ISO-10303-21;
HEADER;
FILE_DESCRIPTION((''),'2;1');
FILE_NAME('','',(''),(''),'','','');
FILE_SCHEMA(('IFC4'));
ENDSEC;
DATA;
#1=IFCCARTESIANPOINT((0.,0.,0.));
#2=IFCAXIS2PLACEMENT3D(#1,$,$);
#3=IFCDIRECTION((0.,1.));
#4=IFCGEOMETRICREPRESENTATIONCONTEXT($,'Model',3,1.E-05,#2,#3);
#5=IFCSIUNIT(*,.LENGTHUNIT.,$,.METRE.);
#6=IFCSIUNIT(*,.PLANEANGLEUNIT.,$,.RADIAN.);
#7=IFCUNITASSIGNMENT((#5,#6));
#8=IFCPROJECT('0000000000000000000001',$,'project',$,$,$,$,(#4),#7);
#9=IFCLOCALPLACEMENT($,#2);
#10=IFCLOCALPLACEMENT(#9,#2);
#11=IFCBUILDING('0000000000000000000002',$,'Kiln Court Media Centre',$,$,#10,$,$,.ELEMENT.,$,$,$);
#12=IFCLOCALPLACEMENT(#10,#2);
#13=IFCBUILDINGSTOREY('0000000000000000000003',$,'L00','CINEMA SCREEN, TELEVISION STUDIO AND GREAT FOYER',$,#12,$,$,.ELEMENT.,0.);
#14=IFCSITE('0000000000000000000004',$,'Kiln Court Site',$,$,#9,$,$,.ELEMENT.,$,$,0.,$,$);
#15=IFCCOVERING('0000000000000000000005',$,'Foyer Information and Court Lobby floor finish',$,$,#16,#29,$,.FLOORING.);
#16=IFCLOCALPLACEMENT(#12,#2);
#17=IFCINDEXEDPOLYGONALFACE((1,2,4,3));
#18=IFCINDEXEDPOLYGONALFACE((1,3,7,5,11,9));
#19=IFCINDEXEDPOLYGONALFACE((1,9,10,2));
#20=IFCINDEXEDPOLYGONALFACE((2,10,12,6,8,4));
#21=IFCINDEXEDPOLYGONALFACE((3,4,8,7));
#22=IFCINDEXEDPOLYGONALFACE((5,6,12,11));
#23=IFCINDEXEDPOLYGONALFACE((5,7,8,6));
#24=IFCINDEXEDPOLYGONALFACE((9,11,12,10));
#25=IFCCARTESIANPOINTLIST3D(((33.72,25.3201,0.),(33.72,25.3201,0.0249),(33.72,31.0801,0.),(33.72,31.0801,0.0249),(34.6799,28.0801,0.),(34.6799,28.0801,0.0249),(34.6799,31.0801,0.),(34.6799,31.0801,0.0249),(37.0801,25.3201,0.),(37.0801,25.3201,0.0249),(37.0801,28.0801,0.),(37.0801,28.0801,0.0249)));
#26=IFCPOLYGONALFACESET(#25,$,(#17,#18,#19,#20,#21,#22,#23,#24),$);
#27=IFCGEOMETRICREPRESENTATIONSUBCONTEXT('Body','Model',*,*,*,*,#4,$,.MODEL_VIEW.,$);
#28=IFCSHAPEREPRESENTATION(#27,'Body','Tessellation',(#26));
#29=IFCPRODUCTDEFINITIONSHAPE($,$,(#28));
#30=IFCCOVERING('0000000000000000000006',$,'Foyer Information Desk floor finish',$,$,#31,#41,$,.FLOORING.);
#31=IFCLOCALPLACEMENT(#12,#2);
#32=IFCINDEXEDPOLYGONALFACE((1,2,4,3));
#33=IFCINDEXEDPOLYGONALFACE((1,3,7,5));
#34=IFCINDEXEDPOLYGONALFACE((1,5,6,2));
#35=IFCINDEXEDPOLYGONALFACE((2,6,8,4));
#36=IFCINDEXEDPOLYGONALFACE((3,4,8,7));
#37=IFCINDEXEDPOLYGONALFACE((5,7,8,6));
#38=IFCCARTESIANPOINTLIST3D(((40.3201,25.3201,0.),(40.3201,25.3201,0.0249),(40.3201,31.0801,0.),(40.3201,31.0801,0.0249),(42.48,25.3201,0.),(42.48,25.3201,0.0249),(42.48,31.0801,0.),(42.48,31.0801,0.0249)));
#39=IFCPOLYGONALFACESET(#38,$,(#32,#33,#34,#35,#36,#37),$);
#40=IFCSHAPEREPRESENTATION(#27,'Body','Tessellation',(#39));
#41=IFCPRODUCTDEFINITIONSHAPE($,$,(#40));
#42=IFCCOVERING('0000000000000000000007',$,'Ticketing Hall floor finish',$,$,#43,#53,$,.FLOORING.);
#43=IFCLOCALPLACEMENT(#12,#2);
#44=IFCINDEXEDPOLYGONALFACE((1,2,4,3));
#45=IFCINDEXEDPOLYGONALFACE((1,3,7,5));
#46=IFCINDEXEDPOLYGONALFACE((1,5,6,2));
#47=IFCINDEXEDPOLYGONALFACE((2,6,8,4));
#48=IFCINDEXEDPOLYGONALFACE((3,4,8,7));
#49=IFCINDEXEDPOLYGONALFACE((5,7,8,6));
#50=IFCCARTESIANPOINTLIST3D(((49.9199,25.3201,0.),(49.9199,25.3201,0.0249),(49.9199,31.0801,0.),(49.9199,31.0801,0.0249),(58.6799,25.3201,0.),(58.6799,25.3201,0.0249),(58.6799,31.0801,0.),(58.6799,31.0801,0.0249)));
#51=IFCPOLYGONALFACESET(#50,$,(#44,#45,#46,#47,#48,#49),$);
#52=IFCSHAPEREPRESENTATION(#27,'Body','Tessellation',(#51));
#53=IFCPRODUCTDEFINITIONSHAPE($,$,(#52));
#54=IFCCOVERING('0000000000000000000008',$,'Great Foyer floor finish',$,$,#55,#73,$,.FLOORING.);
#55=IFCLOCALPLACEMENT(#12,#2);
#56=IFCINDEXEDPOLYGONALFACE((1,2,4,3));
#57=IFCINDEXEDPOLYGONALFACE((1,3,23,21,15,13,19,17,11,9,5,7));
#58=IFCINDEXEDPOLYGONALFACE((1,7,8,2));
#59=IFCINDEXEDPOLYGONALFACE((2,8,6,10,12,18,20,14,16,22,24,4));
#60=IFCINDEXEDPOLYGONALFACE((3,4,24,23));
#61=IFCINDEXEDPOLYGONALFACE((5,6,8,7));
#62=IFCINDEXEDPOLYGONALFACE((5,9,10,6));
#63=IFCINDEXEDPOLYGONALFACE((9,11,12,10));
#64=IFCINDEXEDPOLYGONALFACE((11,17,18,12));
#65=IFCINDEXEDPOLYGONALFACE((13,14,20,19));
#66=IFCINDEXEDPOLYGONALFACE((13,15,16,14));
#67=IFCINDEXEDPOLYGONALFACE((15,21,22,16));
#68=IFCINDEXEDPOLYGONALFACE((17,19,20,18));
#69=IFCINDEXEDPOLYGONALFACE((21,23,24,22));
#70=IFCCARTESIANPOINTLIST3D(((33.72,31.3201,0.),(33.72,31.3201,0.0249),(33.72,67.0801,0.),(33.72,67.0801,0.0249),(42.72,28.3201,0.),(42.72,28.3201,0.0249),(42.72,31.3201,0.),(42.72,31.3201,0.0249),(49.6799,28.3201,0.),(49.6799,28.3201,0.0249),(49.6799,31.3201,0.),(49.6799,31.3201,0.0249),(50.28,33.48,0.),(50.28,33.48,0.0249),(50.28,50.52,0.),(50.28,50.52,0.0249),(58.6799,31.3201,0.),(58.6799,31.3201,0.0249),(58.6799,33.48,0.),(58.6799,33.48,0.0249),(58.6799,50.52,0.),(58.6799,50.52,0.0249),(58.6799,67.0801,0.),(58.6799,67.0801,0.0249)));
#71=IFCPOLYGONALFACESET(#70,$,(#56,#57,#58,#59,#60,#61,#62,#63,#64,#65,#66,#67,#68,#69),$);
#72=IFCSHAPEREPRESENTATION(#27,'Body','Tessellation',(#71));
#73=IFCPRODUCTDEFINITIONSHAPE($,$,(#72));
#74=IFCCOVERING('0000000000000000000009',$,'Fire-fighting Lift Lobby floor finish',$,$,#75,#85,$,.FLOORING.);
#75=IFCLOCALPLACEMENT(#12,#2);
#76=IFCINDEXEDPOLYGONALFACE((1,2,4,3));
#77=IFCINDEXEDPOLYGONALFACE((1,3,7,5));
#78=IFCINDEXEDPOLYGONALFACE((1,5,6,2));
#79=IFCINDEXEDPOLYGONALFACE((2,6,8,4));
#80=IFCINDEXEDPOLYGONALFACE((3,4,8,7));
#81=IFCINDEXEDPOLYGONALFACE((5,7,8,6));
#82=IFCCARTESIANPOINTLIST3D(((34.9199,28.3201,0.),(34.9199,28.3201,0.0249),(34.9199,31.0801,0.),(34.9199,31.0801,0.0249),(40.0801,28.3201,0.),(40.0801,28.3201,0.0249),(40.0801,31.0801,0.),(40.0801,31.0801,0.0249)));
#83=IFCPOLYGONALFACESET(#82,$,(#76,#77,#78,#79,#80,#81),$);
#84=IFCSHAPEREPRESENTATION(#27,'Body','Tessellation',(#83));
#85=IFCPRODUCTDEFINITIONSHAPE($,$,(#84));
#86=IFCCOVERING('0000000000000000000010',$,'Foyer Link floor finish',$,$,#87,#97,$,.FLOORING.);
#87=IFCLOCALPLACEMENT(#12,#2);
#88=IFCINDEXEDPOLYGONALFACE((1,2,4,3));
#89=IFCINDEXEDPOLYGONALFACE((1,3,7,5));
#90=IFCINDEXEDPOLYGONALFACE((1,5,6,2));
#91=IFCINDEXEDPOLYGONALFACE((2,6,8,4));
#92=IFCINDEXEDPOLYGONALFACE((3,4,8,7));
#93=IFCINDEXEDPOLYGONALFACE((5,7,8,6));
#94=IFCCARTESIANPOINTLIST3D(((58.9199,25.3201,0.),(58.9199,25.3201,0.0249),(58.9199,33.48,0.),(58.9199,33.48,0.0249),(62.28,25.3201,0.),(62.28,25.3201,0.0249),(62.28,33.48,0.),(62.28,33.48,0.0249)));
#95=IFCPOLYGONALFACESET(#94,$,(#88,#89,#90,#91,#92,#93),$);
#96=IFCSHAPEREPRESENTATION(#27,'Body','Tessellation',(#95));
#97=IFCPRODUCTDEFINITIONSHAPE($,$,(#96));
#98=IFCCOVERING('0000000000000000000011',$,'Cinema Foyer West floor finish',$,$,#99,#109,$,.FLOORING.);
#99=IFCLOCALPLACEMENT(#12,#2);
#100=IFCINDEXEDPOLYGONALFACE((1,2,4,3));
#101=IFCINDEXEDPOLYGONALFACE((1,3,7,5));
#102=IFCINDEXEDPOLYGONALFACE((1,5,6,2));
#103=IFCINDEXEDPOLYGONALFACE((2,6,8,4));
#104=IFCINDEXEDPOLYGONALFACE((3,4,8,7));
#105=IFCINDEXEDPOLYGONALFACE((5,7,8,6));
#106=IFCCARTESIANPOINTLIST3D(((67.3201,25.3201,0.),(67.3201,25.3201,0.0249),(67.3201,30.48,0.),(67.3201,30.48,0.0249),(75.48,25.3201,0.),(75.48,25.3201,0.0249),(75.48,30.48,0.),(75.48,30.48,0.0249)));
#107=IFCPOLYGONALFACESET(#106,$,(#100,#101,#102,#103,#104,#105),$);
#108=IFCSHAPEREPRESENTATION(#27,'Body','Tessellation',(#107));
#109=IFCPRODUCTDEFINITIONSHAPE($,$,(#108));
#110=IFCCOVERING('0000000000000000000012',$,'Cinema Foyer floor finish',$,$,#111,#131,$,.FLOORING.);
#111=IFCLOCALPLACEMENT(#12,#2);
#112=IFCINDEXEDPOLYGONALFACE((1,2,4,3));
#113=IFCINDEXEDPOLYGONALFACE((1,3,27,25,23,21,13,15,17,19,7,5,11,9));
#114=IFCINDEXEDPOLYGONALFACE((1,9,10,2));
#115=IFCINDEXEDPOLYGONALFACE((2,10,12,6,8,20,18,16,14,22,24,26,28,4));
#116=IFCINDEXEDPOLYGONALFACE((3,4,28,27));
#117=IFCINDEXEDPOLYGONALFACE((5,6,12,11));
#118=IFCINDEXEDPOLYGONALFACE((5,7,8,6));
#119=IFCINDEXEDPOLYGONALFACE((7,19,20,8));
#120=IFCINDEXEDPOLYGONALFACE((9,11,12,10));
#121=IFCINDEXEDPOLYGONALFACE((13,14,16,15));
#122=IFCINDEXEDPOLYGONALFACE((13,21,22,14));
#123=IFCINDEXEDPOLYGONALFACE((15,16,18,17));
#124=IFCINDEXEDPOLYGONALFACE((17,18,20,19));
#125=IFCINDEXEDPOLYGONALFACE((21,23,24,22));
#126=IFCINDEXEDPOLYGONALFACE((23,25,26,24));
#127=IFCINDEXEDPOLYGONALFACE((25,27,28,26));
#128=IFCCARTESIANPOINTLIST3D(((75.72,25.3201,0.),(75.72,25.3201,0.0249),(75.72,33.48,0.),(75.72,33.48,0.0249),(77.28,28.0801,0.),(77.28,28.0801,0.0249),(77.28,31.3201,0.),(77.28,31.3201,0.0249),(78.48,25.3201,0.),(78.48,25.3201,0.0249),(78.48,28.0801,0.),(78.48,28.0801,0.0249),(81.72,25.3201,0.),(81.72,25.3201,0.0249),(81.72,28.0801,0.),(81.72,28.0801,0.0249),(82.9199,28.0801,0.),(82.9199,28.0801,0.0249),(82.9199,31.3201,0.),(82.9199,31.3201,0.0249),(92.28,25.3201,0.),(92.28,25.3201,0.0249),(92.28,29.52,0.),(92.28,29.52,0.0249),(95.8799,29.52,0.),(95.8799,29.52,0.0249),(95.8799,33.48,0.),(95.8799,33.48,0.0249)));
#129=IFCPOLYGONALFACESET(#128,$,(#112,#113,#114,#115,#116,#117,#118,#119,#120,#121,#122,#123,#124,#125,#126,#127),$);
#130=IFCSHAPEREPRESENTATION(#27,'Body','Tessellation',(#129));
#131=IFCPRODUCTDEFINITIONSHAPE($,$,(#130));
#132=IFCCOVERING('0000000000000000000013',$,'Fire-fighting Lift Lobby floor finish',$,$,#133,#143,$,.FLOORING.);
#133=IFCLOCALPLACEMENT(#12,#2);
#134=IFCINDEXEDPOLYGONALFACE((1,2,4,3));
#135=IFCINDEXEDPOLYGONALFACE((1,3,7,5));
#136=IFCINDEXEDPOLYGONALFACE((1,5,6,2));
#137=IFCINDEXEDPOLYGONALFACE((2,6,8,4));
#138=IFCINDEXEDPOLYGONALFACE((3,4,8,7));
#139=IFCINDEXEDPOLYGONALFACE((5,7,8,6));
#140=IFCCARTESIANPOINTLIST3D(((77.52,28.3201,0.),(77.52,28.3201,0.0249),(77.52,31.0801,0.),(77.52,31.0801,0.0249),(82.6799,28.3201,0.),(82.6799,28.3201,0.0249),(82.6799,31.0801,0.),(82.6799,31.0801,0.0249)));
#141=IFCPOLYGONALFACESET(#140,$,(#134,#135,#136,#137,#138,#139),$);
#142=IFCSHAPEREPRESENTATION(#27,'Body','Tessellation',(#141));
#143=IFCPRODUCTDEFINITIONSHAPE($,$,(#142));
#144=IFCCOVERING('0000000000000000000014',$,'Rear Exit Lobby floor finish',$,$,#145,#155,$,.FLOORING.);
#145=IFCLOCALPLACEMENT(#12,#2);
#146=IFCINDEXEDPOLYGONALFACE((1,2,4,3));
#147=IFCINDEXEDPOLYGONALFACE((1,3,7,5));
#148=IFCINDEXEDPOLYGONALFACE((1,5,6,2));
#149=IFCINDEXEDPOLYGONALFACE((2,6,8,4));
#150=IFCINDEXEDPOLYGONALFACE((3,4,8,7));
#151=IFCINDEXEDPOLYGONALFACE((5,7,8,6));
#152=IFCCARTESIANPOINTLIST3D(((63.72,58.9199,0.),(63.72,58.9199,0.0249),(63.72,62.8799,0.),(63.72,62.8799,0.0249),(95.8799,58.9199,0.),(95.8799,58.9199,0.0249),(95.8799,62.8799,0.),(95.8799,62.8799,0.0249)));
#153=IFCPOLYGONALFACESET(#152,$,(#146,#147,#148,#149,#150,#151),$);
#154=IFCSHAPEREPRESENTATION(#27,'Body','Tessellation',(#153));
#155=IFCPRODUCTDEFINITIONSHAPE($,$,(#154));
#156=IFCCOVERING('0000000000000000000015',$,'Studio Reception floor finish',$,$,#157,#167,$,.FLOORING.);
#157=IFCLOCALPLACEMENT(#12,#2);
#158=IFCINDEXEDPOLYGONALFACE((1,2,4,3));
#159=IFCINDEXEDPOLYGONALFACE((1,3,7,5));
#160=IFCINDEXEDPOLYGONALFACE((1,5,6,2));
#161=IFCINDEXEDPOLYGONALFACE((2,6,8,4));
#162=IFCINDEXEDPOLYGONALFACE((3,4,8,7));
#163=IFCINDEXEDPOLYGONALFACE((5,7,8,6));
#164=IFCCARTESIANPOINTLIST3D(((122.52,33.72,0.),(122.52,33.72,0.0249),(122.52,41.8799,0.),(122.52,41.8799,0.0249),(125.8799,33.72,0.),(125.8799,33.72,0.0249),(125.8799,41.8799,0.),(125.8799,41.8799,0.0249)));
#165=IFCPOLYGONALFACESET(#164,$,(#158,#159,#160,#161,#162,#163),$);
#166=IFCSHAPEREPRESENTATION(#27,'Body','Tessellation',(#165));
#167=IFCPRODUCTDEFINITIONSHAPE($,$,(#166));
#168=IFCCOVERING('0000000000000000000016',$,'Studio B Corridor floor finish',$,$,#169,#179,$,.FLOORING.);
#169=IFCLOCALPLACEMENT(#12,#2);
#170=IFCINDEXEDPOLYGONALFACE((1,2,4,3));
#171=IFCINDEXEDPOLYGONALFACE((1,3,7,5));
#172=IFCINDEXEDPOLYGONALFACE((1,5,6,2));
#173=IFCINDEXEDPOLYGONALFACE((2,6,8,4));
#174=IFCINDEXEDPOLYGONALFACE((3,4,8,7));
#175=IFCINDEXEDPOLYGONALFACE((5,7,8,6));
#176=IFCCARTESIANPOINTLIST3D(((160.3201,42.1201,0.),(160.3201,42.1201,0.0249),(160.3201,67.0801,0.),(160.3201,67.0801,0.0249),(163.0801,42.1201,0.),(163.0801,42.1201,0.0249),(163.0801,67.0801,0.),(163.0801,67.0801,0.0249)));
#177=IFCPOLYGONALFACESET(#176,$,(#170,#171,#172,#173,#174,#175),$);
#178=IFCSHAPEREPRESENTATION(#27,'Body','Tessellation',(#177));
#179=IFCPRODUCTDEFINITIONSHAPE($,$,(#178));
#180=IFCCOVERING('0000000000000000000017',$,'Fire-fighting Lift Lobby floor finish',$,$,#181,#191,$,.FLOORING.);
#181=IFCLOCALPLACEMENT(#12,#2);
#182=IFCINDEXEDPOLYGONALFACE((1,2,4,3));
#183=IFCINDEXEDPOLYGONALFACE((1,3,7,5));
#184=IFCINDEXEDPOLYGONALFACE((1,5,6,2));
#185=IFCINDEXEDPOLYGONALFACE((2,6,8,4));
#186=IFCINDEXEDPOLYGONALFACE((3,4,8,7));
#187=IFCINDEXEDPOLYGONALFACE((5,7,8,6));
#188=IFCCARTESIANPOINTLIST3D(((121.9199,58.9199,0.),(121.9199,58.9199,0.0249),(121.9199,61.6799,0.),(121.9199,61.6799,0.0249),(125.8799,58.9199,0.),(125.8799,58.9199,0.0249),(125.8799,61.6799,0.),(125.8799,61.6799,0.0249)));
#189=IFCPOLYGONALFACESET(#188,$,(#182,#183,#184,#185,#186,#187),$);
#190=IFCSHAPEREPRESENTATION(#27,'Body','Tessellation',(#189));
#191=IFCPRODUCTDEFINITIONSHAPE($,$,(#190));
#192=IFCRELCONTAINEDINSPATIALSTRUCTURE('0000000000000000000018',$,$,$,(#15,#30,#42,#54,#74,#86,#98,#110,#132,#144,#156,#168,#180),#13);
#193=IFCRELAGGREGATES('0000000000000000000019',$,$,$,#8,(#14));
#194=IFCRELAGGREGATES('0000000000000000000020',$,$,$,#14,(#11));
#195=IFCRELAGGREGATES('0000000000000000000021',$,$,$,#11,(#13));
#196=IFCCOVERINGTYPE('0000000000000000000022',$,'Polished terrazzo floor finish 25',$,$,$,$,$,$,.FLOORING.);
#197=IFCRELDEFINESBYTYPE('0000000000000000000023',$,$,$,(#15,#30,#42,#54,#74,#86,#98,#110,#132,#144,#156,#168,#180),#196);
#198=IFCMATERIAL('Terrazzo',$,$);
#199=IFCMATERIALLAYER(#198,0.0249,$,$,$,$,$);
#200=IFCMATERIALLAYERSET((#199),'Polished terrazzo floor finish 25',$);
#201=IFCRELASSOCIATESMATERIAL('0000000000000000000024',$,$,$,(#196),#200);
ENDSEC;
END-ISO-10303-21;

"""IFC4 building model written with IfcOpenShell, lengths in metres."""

from ifc_helpers import new_model, si_unit, direction, origin, place, context, subcontext, project, spatial, polyline, outline, extrude, material, layer, layer_set, type_object, element, save


model = new_model("IFC4")

# Units and contexts
model_context = context("Model", 3, precision=1e-05, world=origin(), true_north=direction((0.0, 1.0)))
body_context = subcontext(model_context, "Body", "Model", "MODEL_VIEW")
ifc_project = project(units=[si_unit("LENGTHUNIT", "METRE"), si_unit("PLANEANGLEUNIT", "RADIAN")], contexts=[model_context])

# Site, building, storey
site_placement = place(None, origin())
site = spatial("IfcSite", under=ifc_project, at=site_placement, Name="Kiln Court Site", CompositionType="ELEMENT", RefElevation=0.0)
building_placement = place(site_placement, origin())
building = spatial("IfcBuilding", under=site, at=building_placement, Name="Kiln Court Media Centre", CompositionType="ELEMENT")
storey_placement = place(building_placement, origin())
storey = spatial("IfcBuildingStorey", under=building, at=storey_placement, Name="L00", Description="CINEMA SCREEN, TELEVISION STUDIO AND GREAT FOYER", CompositionType="ELEMENT", Elevation=0.0)

# Coverings
ifc_material = material(Name="Terrazzo")
ifc_layer = layer(ifc_material, 0.0249)
ifc_layer_set = layer_set([ifc_layer], Name="Polished terrazzo floor finish 25")
covering_type = type_object("IfcCoveringType", Name="Polished terrazzo floor finish 25", PredefinedType="FLOORING", material=ifc_layer_set)
covering_1_placement = place(storey_placement, origin())
element("IfcCovering", 1, at=covering_1_placement, inside=storey, type_object=covering_type, Name="Foyer Information and Court Lobby floor finish", PredefinedType="FLOORING", context=body_context, shape_type="SweptSolid", body=[
    extrude(outline(polyline([(37.0801, 25.3201), (37.0801, 28.0801), (34.6799, 28.0801), (34.6799, 31.0801), (33.72, 31.0801), (33.72, 25.3201), (37.0801, 25.3201)])), origin(), (0.0, 0.0, 1.0), 0.0249),
])
covering_2_placement = place(storey_placement, origin())
element("IfcCovering", 2, at=covering_2_placement, inside=storey, type_object=covering_type, Name="Foyer Information Desk floor finish", PredefinedType="FLOORING", context=body_context, shape_type="SweptSolid", body=[
    extrude(outline(polyline([(40.3201, 25.3201), (42.48, 25.3201), (42.48, 31.0801), (40.3201, 31.0801), (40.3201, 25.3201)])), origin(), (0.0, 0.0, 1.0), 0.0249),
])
covering_3_placement = place(storey_placement, origin())
element("IfcCovering", 3, at=covering_3_placement, inside=storey, type_object=covering_type, Name="Ticketing Hall floor finish", PredefinedType="FLOORING", context=body_context, shape_type="SweptSolid", body=[
    extrude(outline(polyline([(49.9199, 25.3201), (58.6799, 25.3201), (58.6799, 31.0801), (49.9199, 31.0801), (49.9199, 25.3201)])), origin(), (0.0, 0.0, 1.0), 0.0249),
])
covering_4_placement = place(storey_placement, origin())
element("IfcCovering", 4, at=covering_4_placement, inside=storey, type_object=covering_type, Name="Great Foyer floor finish", PredefinedType="FLOORING", context=body_context, shape_type="SweptSolid", body=[
    extrude(outline(polyline([(42.72, 28.3201), (49.6799, 28.3201), (49.6799, 31.3201), (58.6799, 31.3201), (58.6799, 33.48), (50.28, 33.48), (50.28, 50.52), (58.6799, 50.52), (58.6799, 67.0801), (33.72, 67.0801), (33.72, 31.3201), (42.72, 31.3201), (42.72, 28.3201)])), origin(), (0.0, 0.0, 1.0), 0.0249),
])
covering_5_placement = place(storey_placement, origin())
element("IfcCovering", 5, at=covering_5_placement, inside=storey, type_object=covering_type, Name="Fire-fighting Lift Lobby floor finish", PredefinedType="FLOORING", context=body_context, shape_type="SweptSolid", body=[
    extrude(outline(polyline([(34.9199, 28.3201), (40.0801, 28.3201), (40.0801, 31.0801), (34.9199, 31.0801), (34.9199, 28.3201)])), origin(), (0.0, 0.0, 1.0), 0.0249),
])
covering_6_placement = place(storey_placement, origin())
element("IfcCovering", 6, at=covering_6_placement, inside=storey, type_object=covering_type, Name="Foyer Link floor finish", PredefinedType="FLOORING", context=body_context, shape_type="SweptSolid", body=[
    extrude(outline(polyline([(58.9199, 25.3201), (62.28, 25.3201), (62.28, 33.48), (58.9199, 33.48), (58.9199, 25.3201)])), origin(), (0.0, 0.0, 1.0), 0.0249),
])
covering_7_placement = place(storey_placement, origin())
element("IfcCovering", 7, at=covering_7_placement, inside=storey, type_object=covering_type, Name="Cinema Foyer West floor finish", PredefinedType="FLOORING", context=body_context, shape_type="SweptSolid", body=[
    extrude(outline(polyline([(67.3201, 25.3201), (75.48, 25.3201), (75.48, 30.48), (67.3201, 30.48), (67.3201, 25.3201)])), origin(), (0.0, 0.0, 1.0), 0.0249),
])
covering_8_placement = place(storey_placement, origin())
element("IfcCovering", 8, at=covering_8_placement, inside=storey, type_object=covering_type, Name="Cinema Foyer floor finish", PredefinedType="FLOORING", context=body_context, shape_type="SweptSolid", body=[
    extrude(outline(polyline([(78.48, 25.3201), (78.48, 28.0801), (77.28, 28.0801), (77.28, 31.3201), (82.9199, 31.3201), (82.9199, 28.0801), (81.72, 28.0801), (81.72, 25.3201), (92.28, 25.3201), (92.28, 29.52), (95.8799, 29.52), (95.8799, 33.48), (75.72, 33.48), (75.72, 25.3201), (78.48, 25.3201)])), origin(), (0.0, 0.0, 1.0), 0.0249),
])
covering_9_placement = place(storey_placement, origin())
element("IfcCovering", 9, at=covering_9_placement, inside=storey, type_object=covering_type, Name="Fire-fighting Lift Lobby floor finish", PredefinedType="FLOORING", context=body_context, shape_type="SweptSolid", body=[
    extrude(outline(polyline([(77.52, 28.3201), (82.6799, 28.3201), (82.6799, 31.0801), (77.52, 31.0801), (77.52, 28.3201)])), origin(), (0.0, 0.0, 1.0), 0.0249),
])
covering_10_placement = place(storey_placement, origin())
element("IfcCovering", 10, at=covering_10_placement, inside=storey, type_object=covering_type, Name="Rear Exit Lobby floor finish", PredefinedType="FLOORING", context=body_context, shape_type="SweptSolid", body=[
    extrude(outline(polyline([(63.72, 58.9199), (95.8799, 58.9199), (95.8799, 62.8799), (63.72, 62.8799), (63.72, 58.9199)])), origin(), (0.0, 0.0, 1.0), 0.0249),
])
covering_11_placement = place(storey_placement, origin())
element("IfcCovering", 11, at=covering_11_placement, inside=storey, type_object=covering_type, Name="Studio Reception floor finish", PredefinedType="FLOORING", context=body_context, shape_type="SweptSolid", body=[
    extrude(outline(polyline([(125.8799, 41.8799), (122.52, 41.8799), (122.52, 33.72), (125.8799, 33.72), (125.8799, 41.8799)])), origin(), (0.0, 0.0, 1.0), 0.0249),
])
covering_12_placement = place(storey_placement, origin())
element("IfcCovering", 12, at=covering_12_placement, inside=storey, type_object=covering_type, Name="Studio B Corridor floor finish", PredefinedType="FLOORING", context=body_context, shape_type="SweptSolid", body=[
    extrude(outline(polyline([(160.3201, 42.1201), (163.0801, 42.1201), (163.0801, 67.0801), (160.3201, 67.0801), (160.3201, 42.1201)])), origin(), (0.0, 0.0, 1.0), 0.0249),
])
covering_13_placement = place(storey_placement, origin())
element("IfcCovering", 13, at=covering_13_placement, inside=storey, type_object=covering_type, Name="Fire-fighting Lift Lobby floor finish", PredefinedType="FLOORING", context=body_context, shape_type="SweptSolid", body=[
    extrude(outline(polyline([(121.9199, 58.9199), (125.8799, 58.9199), (125.8799, 61.6799), (121.9199, 61.6799), (121.9199, 58.9199)])), origin(), (0.0, 0.0, 1.0), 0.0249),
])

save(model, "model.ifc")
